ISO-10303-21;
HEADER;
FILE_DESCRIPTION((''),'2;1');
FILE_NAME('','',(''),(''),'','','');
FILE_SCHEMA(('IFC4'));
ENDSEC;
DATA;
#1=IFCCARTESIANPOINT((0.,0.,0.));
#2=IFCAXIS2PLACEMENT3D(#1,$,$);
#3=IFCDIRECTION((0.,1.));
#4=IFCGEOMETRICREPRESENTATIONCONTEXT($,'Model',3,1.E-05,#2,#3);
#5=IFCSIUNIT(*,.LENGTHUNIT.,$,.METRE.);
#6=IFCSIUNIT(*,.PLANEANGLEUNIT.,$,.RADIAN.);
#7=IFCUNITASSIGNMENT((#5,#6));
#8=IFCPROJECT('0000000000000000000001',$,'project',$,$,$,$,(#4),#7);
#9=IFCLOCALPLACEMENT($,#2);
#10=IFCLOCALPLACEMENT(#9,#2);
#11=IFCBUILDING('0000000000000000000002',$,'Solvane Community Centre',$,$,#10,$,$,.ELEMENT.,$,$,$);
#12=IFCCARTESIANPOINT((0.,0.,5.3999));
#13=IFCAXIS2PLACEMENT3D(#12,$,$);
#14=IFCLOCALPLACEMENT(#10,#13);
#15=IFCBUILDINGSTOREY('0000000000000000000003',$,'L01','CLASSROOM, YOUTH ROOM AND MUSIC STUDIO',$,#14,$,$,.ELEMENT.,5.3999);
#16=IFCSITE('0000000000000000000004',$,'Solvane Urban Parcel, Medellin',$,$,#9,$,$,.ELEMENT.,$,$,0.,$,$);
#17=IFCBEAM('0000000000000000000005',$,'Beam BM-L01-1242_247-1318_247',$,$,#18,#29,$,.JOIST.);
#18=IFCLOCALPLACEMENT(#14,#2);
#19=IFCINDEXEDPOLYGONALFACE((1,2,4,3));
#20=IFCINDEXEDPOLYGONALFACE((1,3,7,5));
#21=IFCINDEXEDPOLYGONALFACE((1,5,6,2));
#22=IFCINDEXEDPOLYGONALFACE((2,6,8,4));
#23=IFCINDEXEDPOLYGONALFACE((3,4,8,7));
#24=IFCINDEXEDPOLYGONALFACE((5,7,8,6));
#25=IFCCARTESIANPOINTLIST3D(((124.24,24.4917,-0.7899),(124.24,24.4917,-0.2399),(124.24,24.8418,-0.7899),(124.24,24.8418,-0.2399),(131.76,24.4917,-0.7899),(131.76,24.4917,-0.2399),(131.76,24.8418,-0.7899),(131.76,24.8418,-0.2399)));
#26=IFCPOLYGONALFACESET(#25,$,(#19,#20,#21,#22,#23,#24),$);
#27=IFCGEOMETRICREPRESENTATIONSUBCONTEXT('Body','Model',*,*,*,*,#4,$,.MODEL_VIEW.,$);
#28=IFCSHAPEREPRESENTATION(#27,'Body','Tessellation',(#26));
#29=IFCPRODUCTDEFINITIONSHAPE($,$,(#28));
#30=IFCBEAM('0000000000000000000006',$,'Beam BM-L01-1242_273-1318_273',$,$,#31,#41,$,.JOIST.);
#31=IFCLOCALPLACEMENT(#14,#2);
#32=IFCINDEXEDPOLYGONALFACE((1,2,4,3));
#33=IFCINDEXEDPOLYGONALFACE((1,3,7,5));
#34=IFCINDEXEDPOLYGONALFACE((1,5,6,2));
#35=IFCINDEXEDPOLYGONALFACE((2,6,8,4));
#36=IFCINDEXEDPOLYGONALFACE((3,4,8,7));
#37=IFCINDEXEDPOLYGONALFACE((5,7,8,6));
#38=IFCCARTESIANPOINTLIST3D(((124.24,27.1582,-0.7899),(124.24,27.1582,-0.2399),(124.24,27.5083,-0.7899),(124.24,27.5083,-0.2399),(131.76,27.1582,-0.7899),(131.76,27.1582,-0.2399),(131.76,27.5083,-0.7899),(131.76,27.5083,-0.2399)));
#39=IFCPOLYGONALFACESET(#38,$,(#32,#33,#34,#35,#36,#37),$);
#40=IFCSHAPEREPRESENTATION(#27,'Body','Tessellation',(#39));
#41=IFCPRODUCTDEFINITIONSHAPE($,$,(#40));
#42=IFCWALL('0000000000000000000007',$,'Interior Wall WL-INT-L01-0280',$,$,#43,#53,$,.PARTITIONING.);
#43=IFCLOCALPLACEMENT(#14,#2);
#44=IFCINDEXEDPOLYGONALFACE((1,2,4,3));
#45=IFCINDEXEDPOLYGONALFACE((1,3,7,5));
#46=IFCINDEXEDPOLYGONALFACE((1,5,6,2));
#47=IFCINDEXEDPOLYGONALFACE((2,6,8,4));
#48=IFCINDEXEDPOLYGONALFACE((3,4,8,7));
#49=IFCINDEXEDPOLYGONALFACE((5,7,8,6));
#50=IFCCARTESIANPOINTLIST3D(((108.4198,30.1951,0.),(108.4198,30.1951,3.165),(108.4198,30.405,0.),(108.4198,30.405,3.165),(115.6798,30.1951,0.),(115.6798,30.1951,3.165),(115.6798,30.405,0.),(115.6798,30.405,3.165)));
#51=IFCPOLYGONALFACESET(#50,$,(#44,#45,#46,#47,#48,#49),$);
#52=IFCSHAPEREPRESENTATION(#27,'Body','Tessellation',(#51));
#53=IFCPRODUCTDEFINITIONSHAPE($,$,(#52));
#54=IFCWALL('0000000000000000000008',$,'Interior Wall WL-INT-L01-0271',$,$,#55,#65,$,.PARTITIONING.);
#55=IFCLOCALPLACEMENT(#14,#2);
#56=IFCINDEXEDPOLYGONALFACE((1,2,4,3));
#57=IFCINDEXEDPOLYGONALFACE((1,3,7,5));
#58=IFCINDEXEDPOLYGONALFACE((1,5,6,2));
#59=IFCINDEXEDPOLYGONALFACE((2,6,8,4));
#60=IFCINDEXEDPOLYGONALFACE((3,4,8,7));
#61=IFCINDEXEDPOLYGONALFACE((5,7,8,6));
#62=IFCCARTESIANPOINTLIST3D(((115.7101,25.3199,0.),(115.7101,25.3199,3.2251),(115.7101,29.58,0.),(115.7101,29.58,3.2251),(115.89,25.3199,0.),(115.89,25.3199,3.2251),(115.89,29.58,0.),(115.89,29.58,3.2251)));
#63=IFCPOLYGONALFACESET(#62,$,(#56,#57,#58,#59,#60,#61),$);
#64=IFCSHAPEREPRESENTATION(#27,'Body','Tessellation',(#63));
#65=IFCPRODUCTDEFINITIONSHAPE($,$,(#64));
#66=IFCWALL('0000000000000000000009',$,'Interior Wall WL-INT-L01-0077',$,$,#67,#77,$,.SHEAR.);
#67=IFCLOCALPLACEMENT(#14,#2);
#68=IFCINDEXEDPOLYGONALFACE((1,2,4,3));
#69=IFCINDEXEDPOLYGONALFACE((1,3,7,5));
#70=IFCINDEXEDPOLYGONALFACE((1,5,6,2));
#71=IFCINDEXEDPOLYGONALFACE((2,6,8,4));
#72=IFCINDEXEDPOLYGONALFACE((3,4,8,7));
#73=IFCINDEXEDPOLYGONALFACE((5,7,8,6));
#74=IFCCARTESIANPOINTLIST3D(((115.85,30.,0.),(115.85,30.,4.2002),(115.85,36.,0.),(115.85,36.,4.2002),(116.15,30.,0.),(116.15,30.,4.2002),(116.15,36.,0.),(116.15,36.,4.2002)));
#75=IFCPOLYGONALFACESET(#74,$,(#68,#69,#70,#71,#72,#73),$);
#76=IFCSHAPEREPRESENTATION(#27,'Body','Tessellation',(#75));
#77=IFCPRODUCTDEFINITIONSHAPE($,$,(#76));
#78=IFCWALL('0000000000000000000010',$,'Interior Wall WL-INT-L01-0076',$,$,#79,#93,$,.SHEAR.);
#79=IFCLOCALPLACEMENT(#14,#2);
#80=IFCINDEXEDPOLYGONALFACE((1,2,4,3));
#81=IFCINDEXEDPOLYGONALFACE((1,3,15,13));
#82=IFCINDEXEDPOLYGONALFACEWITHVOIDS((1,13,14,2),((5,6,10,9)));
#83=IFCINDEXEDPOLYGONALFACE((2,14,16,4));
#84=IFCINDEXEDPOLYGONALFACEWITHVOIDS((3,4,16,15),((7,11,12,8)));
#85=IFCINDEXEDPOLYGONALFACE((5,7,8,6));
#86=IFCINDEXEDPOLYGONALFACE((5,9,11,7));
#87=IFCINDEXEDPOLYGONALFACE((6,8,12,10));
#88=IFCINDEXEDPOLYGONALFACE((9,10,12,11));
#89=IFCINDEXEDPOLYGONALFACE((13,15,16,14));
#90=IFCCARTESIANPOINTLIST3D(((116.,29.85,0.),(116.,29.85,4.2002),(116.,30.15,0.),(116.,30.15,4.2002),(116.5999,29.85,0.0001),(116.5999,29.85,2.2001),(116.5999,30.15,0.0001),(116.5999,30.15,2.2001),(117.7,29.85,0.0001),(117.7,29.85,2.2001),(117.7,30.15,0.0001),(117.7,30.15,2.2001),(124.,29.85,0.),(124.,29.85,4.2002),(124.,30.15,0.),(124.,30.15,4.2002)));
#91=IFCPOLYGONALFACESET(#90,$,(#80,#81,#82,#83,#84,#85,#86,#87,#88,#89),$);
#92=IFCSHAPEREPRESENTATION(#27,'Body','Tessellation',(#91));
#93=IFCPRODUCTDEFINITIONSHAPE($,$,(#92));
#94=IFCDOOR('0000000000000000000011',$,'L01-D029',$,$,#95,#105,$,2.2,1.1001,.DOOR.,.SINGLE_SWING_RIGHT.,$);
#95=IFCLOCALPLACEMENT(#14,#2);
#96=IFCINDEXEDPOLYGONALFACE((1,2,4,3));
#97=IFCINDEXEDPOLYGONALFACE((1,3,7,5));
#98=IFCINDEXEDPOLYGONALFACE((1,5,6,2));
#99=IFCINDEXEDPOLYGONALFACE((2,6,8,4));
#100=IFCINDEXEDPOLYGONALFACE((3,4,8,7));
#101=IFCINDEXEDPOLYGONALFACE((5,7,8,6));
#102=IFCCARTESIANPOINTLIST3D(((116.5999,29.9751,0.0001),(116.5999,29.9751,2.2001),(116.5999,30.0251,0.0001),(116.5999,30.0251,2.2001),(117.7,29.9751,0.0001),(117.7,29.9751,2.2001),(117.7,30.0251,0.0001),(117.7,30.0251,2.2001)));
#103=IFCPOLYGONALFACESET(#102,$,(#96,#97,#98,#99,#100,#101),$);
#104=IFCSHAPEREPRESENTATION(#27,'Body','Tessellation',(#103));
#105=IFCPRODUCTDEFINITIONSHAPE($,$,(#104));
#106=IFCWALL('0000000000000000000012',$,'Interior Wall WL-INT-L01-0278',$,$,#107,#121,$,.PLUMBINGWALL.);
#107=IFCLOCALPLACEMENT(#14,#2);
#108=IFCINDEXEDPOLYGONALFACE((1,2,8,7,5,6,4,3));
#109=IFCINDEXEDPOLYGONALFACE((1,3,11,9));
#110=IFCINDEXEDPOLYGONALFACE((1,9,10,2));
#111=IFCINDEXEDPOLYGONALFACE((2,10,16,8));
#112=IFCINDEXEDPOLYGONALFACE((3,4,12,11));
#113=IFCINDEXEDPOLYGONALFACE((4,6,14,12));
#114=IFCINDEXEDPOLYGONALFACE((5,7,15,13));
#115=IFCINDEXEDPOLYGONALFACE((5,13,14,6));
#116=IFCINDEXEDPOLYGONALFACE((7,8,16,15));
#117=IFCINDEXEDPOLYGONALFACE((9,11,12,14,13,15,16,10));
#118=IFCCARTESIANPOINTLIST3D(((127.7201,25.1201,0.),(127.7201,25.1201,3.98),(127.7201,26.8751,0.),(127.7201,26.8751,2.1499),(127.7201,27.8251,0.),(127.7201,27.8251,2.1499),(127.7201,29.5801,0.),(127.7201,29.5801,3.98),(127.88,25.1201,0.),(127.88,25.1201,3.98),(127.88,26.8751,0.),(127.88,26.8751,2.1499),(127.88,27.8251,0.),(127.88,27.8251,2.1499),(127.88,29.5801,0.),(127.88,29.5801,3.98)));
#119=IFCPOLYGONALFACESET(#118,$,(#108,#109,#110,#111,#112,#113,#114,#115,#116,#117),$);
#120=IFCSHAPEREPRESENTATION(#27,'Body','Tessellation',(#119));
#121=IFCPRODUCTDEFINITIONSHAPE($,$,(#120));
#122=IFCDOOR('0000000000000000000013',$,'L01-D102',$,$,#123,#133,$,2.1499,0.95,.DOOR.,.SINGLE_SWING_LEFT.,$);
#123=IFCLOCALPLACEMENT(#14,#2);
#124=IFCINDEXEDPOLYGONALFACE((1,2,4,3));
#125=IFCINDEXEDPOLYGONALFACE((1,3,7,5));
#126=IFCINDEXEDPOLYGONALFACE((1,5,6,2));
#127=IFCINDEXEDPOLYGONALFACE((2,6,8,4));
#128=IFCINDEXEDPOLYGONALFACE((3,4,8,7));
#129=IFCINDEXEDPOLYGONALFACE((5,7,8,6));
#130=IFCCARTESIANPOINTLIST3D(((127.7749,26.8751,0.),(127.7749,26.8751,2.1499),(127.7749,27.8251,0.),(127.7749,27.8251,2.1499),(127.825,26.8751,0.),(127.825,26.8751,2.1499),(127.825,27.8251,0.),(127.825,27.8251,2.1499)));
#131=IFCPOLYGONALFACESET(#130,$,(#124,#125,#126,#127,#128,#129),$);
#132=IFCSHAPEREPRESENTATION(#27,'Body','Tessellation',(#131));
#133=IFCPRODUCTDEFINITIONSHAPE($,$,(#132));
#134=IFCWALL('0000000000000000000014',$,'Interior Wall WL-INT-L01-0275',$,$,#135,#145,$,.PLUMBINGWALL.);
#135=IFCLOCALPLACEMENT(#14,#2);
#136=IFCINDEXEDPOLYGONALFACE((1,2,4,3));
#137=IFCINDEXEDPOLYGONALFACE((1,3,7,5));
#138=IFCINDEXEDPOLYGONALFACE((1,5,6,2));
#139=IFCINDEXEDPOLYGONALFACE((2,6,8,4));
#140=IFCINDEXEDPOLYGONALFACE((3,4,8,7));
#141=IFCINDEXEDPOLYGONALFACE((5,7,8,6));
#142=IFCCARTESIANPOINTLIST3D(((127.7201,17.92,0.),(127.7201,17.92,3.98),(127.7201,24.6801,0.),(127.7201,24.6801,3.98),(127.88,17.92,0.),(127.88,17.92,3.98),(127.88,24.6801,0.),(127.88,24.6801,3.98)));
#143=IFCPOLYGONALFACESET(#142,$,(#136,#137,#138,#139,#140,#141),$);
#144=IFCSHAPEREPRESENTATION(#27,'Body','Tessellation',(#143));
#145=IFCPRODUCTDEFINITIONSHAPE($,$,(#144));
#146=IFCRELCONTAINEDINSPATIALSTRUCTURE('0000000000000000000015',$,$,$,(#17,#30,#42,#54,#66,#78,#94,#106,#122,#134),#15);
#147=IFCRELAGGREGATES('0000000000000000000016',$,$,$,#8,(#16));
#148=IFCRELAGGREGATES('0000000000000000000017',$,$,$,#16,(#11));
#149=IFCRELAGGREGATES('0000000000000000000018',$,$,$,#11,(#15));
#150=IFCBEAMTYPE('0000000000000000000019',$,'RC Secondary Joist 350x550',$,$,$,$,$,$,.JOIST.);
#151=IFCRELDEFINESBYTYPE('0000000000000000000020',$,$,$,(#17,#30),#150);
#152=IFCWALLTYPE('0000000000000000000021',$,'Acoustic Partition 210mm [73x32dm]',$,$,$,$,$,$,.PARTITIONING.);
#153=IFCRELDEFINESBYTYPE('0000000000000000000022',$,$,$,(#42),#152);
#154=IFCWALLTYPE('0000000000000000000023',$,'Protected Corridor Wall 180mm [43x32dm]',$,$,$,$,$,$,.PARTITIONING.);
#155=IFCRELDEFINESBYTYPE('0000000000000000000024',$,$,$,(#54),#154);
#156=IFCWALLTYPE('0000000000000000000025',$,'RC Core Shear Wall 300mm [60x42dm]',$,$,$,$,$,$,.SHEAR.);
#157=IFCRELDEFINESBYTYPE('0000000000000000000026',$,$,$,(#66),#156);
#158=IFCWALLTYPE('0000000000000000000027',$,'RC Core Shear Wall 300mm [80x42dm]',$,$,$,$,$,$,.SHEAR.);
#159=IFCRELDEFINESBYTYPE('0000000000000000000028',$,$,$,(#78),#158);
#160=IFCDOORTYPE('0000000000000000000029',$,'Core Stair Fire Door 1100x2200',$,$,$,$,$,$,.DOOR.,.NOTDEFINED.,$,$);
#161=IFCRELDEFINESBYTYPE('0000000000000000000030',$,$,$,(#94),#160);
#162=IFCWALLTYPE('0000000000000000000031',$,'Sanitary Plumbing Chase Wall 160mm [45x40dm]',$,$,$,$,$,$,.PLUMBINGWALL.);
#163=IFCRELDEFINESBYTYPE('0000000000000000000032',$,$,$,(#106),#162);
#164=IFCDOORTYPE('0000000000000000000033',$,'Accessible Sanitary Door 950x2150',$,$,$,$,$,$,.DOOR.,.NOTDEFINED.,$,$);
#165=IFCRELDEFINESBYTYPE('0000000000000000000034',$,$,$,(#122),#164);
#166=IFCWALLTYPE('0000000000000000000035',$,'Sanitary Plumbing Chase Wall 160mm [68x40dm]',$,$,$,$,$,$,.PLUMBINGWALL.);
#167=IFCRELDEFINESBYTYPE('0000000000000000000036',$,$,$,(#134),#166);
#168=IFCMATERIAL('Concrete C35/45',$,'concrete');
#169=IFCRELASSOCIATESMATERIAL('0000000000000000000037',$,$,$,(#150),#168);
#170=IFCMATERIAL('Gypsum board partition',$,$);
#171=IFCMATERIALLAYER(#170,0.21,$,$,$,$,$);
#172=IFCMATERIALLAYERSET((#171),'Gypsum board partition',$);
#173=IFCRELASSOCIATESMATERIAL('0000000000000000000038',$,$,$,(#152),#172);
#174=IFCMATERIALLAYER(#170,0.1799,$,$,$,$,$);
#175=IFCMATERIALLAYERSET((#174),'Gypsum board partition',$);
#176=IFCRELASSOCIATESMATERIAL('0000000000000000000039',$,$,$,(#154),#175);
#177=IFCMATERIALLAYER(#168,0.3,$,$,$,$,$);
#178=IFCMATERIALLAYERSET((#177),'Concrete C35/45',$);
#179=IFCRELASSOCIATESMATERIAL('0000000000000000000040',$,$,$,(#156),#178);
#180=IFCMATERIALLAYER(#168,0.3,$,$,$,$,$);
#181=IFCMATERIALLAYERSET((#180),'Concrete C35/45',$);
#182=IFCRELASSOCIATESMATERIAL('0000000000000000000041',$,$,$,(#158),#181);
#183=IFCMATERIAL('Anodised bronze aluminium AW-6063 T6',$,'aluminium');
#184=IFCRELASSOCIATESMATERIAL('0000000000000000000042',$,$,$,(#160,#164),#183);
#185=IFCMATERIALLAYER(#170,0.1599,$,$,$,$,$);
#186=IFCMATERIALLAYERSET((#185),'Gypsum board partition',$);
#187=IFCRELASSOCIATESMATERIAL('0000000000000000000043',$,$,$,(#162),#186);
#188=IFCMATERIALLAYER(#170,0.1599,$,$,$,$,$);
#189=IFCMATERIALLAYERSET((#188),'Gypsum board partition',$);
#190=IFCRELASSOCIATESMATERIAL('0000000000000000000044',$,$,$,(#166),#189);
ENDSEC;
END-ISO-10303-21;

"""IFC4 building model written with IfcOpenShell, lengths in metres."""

from ifc_helpers import new_model, si_unit, direction, frame, frame_2d, origin, origin_2d, place, context, subcontext, project, spatial, rectangle, extrude, material, layer, layer_set, material_profile, profile_set, type_object, element, fill, save


model = new_model("IFC4")

# Units and contexts
model_context = context("Model", 3, precision=1e-05, world=origin(), true_north=direction((0.0, 1.0)))
body_context = subcontext(model_context, "Body", "Model", "MODEL_VIEW")
ifc_project = project(units=[si_unit("LENGTHUNIT", "METRE"), si_unit("PLANEANGLEUNIT", "RADIAN")], contexts=[model_context])

# Site, building, storey
site_placement = place(None, origin())
site = spatial("IfcSite", under=ifc_project, at=site_placement, Name="Solvane Urban Parcel, Medellin", CompositionType="ELEMENT", RefElevation=0.0)
building_placement = place(site_placement, origin())
building = spatial("IfcBuilding", under=site, at=building_placement, Name="Solvane Community Centre", CompositionType="ELEMENT")
storey_placement = place(building_placement, frame((0.0, 0.0, 5.3999)))
storey = spatial("IfcBuildingStorey", under=building, at=storey_placement, Name="L01", Description="CLASSROOM, YOUTH ROOM AND MUSIC STUDIO", CompositionType="ELEMENT", Elevation=5.3999)

# Shared definitions
ifc_material_1 = material(Name="Concrete C35/45", Category="concrete")

# Beams
ifc_material_profile_1 = material_profile(ifc_material_1, rectangle(XDim=0.3501, YDim=0.55, at=origin_2d()), Name="RC 350x550")
ifc_profile_set_1 = profile_set([ifc_material_profile_1], Name="Concrete C35/45")
beam_type_1 = type_object("IfcBeamType", Name="RC Secondary Joist 350x550", PredefinedType="JOIST", material=ifc_profile_set_1)
for number, where, z_axis, x_axis, name in (
    (1, (124.24, 24.6667, -0.5149), (1.0, 0.0, 0.0), (0.0, 1.0, 0.0), "Beam BM-L01-1242_247-1318_247"),
    (2, (124.24, 27.3333, -0.5149), (1.0, 0.0, 0.0), (0.0, 1.0, 0.0), "Beam BM-L01-1242_273-1318_273"),
):
    element("IfcBeam", number, at=place(storey_placement, frame(where, z_axis=z_axis, x_axis=x_axis)), inside=storey, type_object=beam_type_1, Name=name, PredefinedType="JOIST", context=body_context, shape_type="SweptSolid", body=[
        extrude(rectangle(XDim=0.3501, YDim=0.55, at=origin_2d()), origin(), (0.0, 0.0, 1.0), 7.52),
    ])

# Walls
ifc_material_2 = material(Name="Gypsum board partition")
ifc_layer_1 = layer(ifc_material_2, 0.21)
ifc_layer_set_1 = layer_set([ifc_layer_1], Name="Gypsum board partition")
wall_type_1 = type_object("IfcWallType", Name="Acoustic Partition 210mm [73x32dm]", PredefinedType="PARTITIONING", material=ifc_layer_set_1)
wall_1_placement = place(storey_placement, frame((108.4199, 30.3, 0.0), z_axis=(0.0, 0.0, 1.0), x_axis=(1.0, 0.0, 0.0)))
element("IfcWall", 3, at=wall_1_placement, inside=storey, type_object=wall_type_1, Name="Interior Wall WL-INT-L01-0280", PredefinedType="PARTITIONING", context=body_context, shape_type="SweptSolid", body=[
    extrude(rectangle(XDim=7.26, YDim=0.21, at=frame_2d((3.6299, 0.0))), origin(), (0.0, 0.0, 1.0), 3.165),
])
ifc_layer_2 = layer(ifc_material_2, 0.1799)
ifc_layer_set_2 = layer_set([ifc_layer_2], Name="Gypsum board partition")
wall_type_2 = type_object("IfcWallType", Name="Protected Corridor Wall 180mm [43x32dm]", PredefinedType="PARTITIONING", material=ifc_layer_set_2)
wall_2_placement = place(storey_placement, frame((115.8, 25.3201, 0.0), z_axis=(0.0, 0.0, 1.0), x_axis=(0.0, 1.0, 0.0)))
element("IfcWall", 4, at=wall_2_placement, inside=storey, type_object=wall_type_2, Name="Interior Wall WL-INT-L01-0271", PredefinedType="PARTITIONING", context=body_context, shape_type="SweptSolid", body=[
    extrude(rectangle(XDim=4.26, YDim=0.1799, at=frame_2d((2.1299, 0.0))), origin(), (0.0, 0.0, 1.0), 3.2251),
])
ifc_layer_3 = layer(ifc_material_1, 0.3)
ifc_layer_set_3 = layer_set([ifc_layer_3], Name="Concrete C35/45")
wall_type_3 = type_object("IfcWallType", Name="RC Core Shear Wall 300mm [60x42dm]", PredefinedType="SHEAR", material=ifc_layer_set_3)
wall_3_placement = place(storey_placement, frame((116.0, 30.0, 0.0), z_axis=(0.0, 0.0, 1.0), x_axis=(0.0, 1.0, 0.0)))
element("IfcWall", 5, at=wall_3_placement, inside=storey, type_object=wall_type_3, Name="Interior Wall WL-INT-L01-0077", PredefinedType="SHEAR", context=body_context, shape_type="SweptSolid", body=[
    extrude(rectangle(XDim=6.0, YDim=0.3, at=frame_2d((3.0, 0.0))), origin(), (0.0, 0.0, 1.0), 4.2002),
])

# Walls, openings, doors
ifc_layer_4 = layer(ifc_material_1, 0.3)
ifc_layer_set_4 = layer_set([ifc_layer_4], Name="Concrete C35/45")
wall_type_4 = type_object("IfcWallType", Name="RC Core Shear Wall 300mm [80x42dm]", PredefinedType="SHEAR", material=ifc_layer_set_4)
wall_4_placement = place(storey_placement, frame((124.0, 30.0, 0.0), z_axis=(0.0, 0.0, 1.0), x_axis=(-1.0, 0.0, 0.0)))
wall_4 = element("IfcWall", 6, at=wall_4_placement, inside=storey, type_object=wall_type_4, Name="Interior Wall WL-INT-L01-0076", PredefinedType="SHEAR", context=body_context, shape_type="SweptSolid", body=[
    extrude(rectangle(XDim=8.0, YDim=0.3, at=frame_2d((4.0, 0.0))), origin(), (0.0, 0.0, 1.0), 4.2002),
])
opening_1_placement = place(wall_4_placement, frame((6.3, 0.0, 0.0)))
opening_1 = element("IfcOpeningElement", 7, at=opening_1_placement, cuts=wall_4, PredefinedType="OPENING", context=body_context, shape_type="SweptSolid", body=[
    extrude(rectangle(XDim=1.1001, YDim=2.2, at=frame_2d((0.55, 1.1001))), frame((0.0, 0.1599, 0.0), z_axis=(0.0, -1.0, 0.0), x_axis=(1.0, 0.0, 0.0)), (0.0, 0.0, 1.0), 0.3201),
])
ifc_material_3 = material(Name="Anodised bronze aluminium AW-6063 T6", Category="aluminium")
door_type_1 = type_object("IfcDoorType", Name="Core Stair Fire Door 1100x2200", OperationType="NOTDEFINED", PredefinedType="DOOR", material=ifc_material_3)
door_1_placement = place(opening_1_placement, origin())
door_1 = element("IfcDoor", 8, at=door_1_placement, inside=storey, type_object=door_type_1, Name="L01-D029", OperationType="SINGLE_SWING_RIGHT", OverallHeight=2.2, OverallWidth=1.1001, PredefinedType="DOOR", context=body_context, shape_type="SweptSolid", body=[
    extrude(rectangle(XDim=1.1001, YDim=2.2, at=frame_2d((0.55, 1.1001))), frame((0.0, 0.0249, 0.0), z_axis=(0.0, -1.0, 0.0), x_axis=(1.0, 0.0, 0.0)), (0.0, 0.0, 1.0), 0.05),
])
fill(opening_1, door_1)
ifc_layer_5 = layer(ifc_material_2, 0.1599)
ifc_layer_set_5 = layer_set([ifc_layer_5], Name="Gypsum board partition")
wall_type_5 = type_object("IfcWallType", Name="Sanitary Plumbing Chase Wall 160mm [45x40dm]", PredefinedType="PLUMBINGWALL", material=ifc_layer_set_5)
wall_5_placement = place(storey_placement, frame((127.8, 29.5801, 0.0), z_axis=(0.0, 0.0, 1.0), x_axis=(0.0, -1.0, 0.0)))
wall_5 = element("IfcWall", 9, at=wall_5_placement, inside=storey, type_object=wall_type_5, Name="Interior Wall WL-INT-L01-0278", PredefinedType="PLUMBINGWALL", context=body_context, shape_type="SweptSolid", body=[
    extrude(rectangle(XDim=4.46, YDim=0.1599, at=frame_2d((2.23, 0.0))), origin(), (0.0, 0.0, 1.0), 3.98),
])
opening_2_placement = place(wall_5_placement, frame((1.7549, 0.0, 0.0)))
opening_2 = element("IfcOpeningElement", 10, at=opening_2_placement, cuts=wall_5, PredefinedType="OPENING", context=body_context, shape_type="SweptSolid", body=[
    extrude(rectangle(XDim=0.95, YDim=2.1499, at=frame_2d((0.4751, 1.075))), frame((0.0, 0.0898, 0.0), z_axis=(0.0, -1.0, 0.0), x_axis=(1.0, 0.0, 0.0)), (0.0, 0.0, 1.0), 0.1799),
])
door_type_2 = type_object("IfcDoorType", Name="Accessible Sanitary Door 950x2150", OperationType="NOTDEFINED", PredefinedType="DOOR", material=ifc_material_3)
door_2_placement = place(opening_2_placement, origin())
door_2 = element("IfcDoor", 11, at=door_2_placement, inside=storey, type_object=door_type_2, Name="L01-D102", OperationType="SINGLE_SWING_LEFT", OverallHeight=2.1499, OverallWidth=0.95, PredefinedType="DOOR", context=body_context, shape_type="SweptSolid", body=[
    extrude(rectangle(XDim=0.95, YDim=2.1499, at=frame_2d((0.4751, 1.075))), frame((0.0, 0.0249, 0.0), z_axis=(0.0, -1.0, 0.0), x_axis=(1.0, 0.0, 0.0)), (0.0, 0.0, 1.0), 0.05),
])
fill(opening_2, door_2)

# Wall
ifc_layer_6 = layer(ifc_material_2, 0.1599)
ifc_layer_set_6 = layer_set([ifc_layer_6], Name="Gypsum board partition")
wall_type_6 = type_object("IfcWallType", Name="Sanitary Plumbing Chase Wall 160mm [68x40dm]", PredefinedType="PLUMBINGWALL", material=ifc_layer_set_6)
wall_6_placement = place(storey_placement, frame((127.8, 24.6799, 0.0), z_axis=(0.0, 0.0, 1.0), x_axis=(0.0, -1.0, 0.0)))
element("IfcWall", 12, at=wall_6_placement, inside=storey, type_object=wall_type_6, Name="Interior Wall WL-INT-L01-0275", PredefinedType="PLUMBINGWALL", context=body_context, shape_type="SweptSolid", body=[
    extrude(rectangle(XDim=6.76, YDim=0.1599, at=frame_2d((3.3799, 0.0))), origin(), (0.0, 0.0, 1.0), 3.98),
])

save(model, "model.ifc")
